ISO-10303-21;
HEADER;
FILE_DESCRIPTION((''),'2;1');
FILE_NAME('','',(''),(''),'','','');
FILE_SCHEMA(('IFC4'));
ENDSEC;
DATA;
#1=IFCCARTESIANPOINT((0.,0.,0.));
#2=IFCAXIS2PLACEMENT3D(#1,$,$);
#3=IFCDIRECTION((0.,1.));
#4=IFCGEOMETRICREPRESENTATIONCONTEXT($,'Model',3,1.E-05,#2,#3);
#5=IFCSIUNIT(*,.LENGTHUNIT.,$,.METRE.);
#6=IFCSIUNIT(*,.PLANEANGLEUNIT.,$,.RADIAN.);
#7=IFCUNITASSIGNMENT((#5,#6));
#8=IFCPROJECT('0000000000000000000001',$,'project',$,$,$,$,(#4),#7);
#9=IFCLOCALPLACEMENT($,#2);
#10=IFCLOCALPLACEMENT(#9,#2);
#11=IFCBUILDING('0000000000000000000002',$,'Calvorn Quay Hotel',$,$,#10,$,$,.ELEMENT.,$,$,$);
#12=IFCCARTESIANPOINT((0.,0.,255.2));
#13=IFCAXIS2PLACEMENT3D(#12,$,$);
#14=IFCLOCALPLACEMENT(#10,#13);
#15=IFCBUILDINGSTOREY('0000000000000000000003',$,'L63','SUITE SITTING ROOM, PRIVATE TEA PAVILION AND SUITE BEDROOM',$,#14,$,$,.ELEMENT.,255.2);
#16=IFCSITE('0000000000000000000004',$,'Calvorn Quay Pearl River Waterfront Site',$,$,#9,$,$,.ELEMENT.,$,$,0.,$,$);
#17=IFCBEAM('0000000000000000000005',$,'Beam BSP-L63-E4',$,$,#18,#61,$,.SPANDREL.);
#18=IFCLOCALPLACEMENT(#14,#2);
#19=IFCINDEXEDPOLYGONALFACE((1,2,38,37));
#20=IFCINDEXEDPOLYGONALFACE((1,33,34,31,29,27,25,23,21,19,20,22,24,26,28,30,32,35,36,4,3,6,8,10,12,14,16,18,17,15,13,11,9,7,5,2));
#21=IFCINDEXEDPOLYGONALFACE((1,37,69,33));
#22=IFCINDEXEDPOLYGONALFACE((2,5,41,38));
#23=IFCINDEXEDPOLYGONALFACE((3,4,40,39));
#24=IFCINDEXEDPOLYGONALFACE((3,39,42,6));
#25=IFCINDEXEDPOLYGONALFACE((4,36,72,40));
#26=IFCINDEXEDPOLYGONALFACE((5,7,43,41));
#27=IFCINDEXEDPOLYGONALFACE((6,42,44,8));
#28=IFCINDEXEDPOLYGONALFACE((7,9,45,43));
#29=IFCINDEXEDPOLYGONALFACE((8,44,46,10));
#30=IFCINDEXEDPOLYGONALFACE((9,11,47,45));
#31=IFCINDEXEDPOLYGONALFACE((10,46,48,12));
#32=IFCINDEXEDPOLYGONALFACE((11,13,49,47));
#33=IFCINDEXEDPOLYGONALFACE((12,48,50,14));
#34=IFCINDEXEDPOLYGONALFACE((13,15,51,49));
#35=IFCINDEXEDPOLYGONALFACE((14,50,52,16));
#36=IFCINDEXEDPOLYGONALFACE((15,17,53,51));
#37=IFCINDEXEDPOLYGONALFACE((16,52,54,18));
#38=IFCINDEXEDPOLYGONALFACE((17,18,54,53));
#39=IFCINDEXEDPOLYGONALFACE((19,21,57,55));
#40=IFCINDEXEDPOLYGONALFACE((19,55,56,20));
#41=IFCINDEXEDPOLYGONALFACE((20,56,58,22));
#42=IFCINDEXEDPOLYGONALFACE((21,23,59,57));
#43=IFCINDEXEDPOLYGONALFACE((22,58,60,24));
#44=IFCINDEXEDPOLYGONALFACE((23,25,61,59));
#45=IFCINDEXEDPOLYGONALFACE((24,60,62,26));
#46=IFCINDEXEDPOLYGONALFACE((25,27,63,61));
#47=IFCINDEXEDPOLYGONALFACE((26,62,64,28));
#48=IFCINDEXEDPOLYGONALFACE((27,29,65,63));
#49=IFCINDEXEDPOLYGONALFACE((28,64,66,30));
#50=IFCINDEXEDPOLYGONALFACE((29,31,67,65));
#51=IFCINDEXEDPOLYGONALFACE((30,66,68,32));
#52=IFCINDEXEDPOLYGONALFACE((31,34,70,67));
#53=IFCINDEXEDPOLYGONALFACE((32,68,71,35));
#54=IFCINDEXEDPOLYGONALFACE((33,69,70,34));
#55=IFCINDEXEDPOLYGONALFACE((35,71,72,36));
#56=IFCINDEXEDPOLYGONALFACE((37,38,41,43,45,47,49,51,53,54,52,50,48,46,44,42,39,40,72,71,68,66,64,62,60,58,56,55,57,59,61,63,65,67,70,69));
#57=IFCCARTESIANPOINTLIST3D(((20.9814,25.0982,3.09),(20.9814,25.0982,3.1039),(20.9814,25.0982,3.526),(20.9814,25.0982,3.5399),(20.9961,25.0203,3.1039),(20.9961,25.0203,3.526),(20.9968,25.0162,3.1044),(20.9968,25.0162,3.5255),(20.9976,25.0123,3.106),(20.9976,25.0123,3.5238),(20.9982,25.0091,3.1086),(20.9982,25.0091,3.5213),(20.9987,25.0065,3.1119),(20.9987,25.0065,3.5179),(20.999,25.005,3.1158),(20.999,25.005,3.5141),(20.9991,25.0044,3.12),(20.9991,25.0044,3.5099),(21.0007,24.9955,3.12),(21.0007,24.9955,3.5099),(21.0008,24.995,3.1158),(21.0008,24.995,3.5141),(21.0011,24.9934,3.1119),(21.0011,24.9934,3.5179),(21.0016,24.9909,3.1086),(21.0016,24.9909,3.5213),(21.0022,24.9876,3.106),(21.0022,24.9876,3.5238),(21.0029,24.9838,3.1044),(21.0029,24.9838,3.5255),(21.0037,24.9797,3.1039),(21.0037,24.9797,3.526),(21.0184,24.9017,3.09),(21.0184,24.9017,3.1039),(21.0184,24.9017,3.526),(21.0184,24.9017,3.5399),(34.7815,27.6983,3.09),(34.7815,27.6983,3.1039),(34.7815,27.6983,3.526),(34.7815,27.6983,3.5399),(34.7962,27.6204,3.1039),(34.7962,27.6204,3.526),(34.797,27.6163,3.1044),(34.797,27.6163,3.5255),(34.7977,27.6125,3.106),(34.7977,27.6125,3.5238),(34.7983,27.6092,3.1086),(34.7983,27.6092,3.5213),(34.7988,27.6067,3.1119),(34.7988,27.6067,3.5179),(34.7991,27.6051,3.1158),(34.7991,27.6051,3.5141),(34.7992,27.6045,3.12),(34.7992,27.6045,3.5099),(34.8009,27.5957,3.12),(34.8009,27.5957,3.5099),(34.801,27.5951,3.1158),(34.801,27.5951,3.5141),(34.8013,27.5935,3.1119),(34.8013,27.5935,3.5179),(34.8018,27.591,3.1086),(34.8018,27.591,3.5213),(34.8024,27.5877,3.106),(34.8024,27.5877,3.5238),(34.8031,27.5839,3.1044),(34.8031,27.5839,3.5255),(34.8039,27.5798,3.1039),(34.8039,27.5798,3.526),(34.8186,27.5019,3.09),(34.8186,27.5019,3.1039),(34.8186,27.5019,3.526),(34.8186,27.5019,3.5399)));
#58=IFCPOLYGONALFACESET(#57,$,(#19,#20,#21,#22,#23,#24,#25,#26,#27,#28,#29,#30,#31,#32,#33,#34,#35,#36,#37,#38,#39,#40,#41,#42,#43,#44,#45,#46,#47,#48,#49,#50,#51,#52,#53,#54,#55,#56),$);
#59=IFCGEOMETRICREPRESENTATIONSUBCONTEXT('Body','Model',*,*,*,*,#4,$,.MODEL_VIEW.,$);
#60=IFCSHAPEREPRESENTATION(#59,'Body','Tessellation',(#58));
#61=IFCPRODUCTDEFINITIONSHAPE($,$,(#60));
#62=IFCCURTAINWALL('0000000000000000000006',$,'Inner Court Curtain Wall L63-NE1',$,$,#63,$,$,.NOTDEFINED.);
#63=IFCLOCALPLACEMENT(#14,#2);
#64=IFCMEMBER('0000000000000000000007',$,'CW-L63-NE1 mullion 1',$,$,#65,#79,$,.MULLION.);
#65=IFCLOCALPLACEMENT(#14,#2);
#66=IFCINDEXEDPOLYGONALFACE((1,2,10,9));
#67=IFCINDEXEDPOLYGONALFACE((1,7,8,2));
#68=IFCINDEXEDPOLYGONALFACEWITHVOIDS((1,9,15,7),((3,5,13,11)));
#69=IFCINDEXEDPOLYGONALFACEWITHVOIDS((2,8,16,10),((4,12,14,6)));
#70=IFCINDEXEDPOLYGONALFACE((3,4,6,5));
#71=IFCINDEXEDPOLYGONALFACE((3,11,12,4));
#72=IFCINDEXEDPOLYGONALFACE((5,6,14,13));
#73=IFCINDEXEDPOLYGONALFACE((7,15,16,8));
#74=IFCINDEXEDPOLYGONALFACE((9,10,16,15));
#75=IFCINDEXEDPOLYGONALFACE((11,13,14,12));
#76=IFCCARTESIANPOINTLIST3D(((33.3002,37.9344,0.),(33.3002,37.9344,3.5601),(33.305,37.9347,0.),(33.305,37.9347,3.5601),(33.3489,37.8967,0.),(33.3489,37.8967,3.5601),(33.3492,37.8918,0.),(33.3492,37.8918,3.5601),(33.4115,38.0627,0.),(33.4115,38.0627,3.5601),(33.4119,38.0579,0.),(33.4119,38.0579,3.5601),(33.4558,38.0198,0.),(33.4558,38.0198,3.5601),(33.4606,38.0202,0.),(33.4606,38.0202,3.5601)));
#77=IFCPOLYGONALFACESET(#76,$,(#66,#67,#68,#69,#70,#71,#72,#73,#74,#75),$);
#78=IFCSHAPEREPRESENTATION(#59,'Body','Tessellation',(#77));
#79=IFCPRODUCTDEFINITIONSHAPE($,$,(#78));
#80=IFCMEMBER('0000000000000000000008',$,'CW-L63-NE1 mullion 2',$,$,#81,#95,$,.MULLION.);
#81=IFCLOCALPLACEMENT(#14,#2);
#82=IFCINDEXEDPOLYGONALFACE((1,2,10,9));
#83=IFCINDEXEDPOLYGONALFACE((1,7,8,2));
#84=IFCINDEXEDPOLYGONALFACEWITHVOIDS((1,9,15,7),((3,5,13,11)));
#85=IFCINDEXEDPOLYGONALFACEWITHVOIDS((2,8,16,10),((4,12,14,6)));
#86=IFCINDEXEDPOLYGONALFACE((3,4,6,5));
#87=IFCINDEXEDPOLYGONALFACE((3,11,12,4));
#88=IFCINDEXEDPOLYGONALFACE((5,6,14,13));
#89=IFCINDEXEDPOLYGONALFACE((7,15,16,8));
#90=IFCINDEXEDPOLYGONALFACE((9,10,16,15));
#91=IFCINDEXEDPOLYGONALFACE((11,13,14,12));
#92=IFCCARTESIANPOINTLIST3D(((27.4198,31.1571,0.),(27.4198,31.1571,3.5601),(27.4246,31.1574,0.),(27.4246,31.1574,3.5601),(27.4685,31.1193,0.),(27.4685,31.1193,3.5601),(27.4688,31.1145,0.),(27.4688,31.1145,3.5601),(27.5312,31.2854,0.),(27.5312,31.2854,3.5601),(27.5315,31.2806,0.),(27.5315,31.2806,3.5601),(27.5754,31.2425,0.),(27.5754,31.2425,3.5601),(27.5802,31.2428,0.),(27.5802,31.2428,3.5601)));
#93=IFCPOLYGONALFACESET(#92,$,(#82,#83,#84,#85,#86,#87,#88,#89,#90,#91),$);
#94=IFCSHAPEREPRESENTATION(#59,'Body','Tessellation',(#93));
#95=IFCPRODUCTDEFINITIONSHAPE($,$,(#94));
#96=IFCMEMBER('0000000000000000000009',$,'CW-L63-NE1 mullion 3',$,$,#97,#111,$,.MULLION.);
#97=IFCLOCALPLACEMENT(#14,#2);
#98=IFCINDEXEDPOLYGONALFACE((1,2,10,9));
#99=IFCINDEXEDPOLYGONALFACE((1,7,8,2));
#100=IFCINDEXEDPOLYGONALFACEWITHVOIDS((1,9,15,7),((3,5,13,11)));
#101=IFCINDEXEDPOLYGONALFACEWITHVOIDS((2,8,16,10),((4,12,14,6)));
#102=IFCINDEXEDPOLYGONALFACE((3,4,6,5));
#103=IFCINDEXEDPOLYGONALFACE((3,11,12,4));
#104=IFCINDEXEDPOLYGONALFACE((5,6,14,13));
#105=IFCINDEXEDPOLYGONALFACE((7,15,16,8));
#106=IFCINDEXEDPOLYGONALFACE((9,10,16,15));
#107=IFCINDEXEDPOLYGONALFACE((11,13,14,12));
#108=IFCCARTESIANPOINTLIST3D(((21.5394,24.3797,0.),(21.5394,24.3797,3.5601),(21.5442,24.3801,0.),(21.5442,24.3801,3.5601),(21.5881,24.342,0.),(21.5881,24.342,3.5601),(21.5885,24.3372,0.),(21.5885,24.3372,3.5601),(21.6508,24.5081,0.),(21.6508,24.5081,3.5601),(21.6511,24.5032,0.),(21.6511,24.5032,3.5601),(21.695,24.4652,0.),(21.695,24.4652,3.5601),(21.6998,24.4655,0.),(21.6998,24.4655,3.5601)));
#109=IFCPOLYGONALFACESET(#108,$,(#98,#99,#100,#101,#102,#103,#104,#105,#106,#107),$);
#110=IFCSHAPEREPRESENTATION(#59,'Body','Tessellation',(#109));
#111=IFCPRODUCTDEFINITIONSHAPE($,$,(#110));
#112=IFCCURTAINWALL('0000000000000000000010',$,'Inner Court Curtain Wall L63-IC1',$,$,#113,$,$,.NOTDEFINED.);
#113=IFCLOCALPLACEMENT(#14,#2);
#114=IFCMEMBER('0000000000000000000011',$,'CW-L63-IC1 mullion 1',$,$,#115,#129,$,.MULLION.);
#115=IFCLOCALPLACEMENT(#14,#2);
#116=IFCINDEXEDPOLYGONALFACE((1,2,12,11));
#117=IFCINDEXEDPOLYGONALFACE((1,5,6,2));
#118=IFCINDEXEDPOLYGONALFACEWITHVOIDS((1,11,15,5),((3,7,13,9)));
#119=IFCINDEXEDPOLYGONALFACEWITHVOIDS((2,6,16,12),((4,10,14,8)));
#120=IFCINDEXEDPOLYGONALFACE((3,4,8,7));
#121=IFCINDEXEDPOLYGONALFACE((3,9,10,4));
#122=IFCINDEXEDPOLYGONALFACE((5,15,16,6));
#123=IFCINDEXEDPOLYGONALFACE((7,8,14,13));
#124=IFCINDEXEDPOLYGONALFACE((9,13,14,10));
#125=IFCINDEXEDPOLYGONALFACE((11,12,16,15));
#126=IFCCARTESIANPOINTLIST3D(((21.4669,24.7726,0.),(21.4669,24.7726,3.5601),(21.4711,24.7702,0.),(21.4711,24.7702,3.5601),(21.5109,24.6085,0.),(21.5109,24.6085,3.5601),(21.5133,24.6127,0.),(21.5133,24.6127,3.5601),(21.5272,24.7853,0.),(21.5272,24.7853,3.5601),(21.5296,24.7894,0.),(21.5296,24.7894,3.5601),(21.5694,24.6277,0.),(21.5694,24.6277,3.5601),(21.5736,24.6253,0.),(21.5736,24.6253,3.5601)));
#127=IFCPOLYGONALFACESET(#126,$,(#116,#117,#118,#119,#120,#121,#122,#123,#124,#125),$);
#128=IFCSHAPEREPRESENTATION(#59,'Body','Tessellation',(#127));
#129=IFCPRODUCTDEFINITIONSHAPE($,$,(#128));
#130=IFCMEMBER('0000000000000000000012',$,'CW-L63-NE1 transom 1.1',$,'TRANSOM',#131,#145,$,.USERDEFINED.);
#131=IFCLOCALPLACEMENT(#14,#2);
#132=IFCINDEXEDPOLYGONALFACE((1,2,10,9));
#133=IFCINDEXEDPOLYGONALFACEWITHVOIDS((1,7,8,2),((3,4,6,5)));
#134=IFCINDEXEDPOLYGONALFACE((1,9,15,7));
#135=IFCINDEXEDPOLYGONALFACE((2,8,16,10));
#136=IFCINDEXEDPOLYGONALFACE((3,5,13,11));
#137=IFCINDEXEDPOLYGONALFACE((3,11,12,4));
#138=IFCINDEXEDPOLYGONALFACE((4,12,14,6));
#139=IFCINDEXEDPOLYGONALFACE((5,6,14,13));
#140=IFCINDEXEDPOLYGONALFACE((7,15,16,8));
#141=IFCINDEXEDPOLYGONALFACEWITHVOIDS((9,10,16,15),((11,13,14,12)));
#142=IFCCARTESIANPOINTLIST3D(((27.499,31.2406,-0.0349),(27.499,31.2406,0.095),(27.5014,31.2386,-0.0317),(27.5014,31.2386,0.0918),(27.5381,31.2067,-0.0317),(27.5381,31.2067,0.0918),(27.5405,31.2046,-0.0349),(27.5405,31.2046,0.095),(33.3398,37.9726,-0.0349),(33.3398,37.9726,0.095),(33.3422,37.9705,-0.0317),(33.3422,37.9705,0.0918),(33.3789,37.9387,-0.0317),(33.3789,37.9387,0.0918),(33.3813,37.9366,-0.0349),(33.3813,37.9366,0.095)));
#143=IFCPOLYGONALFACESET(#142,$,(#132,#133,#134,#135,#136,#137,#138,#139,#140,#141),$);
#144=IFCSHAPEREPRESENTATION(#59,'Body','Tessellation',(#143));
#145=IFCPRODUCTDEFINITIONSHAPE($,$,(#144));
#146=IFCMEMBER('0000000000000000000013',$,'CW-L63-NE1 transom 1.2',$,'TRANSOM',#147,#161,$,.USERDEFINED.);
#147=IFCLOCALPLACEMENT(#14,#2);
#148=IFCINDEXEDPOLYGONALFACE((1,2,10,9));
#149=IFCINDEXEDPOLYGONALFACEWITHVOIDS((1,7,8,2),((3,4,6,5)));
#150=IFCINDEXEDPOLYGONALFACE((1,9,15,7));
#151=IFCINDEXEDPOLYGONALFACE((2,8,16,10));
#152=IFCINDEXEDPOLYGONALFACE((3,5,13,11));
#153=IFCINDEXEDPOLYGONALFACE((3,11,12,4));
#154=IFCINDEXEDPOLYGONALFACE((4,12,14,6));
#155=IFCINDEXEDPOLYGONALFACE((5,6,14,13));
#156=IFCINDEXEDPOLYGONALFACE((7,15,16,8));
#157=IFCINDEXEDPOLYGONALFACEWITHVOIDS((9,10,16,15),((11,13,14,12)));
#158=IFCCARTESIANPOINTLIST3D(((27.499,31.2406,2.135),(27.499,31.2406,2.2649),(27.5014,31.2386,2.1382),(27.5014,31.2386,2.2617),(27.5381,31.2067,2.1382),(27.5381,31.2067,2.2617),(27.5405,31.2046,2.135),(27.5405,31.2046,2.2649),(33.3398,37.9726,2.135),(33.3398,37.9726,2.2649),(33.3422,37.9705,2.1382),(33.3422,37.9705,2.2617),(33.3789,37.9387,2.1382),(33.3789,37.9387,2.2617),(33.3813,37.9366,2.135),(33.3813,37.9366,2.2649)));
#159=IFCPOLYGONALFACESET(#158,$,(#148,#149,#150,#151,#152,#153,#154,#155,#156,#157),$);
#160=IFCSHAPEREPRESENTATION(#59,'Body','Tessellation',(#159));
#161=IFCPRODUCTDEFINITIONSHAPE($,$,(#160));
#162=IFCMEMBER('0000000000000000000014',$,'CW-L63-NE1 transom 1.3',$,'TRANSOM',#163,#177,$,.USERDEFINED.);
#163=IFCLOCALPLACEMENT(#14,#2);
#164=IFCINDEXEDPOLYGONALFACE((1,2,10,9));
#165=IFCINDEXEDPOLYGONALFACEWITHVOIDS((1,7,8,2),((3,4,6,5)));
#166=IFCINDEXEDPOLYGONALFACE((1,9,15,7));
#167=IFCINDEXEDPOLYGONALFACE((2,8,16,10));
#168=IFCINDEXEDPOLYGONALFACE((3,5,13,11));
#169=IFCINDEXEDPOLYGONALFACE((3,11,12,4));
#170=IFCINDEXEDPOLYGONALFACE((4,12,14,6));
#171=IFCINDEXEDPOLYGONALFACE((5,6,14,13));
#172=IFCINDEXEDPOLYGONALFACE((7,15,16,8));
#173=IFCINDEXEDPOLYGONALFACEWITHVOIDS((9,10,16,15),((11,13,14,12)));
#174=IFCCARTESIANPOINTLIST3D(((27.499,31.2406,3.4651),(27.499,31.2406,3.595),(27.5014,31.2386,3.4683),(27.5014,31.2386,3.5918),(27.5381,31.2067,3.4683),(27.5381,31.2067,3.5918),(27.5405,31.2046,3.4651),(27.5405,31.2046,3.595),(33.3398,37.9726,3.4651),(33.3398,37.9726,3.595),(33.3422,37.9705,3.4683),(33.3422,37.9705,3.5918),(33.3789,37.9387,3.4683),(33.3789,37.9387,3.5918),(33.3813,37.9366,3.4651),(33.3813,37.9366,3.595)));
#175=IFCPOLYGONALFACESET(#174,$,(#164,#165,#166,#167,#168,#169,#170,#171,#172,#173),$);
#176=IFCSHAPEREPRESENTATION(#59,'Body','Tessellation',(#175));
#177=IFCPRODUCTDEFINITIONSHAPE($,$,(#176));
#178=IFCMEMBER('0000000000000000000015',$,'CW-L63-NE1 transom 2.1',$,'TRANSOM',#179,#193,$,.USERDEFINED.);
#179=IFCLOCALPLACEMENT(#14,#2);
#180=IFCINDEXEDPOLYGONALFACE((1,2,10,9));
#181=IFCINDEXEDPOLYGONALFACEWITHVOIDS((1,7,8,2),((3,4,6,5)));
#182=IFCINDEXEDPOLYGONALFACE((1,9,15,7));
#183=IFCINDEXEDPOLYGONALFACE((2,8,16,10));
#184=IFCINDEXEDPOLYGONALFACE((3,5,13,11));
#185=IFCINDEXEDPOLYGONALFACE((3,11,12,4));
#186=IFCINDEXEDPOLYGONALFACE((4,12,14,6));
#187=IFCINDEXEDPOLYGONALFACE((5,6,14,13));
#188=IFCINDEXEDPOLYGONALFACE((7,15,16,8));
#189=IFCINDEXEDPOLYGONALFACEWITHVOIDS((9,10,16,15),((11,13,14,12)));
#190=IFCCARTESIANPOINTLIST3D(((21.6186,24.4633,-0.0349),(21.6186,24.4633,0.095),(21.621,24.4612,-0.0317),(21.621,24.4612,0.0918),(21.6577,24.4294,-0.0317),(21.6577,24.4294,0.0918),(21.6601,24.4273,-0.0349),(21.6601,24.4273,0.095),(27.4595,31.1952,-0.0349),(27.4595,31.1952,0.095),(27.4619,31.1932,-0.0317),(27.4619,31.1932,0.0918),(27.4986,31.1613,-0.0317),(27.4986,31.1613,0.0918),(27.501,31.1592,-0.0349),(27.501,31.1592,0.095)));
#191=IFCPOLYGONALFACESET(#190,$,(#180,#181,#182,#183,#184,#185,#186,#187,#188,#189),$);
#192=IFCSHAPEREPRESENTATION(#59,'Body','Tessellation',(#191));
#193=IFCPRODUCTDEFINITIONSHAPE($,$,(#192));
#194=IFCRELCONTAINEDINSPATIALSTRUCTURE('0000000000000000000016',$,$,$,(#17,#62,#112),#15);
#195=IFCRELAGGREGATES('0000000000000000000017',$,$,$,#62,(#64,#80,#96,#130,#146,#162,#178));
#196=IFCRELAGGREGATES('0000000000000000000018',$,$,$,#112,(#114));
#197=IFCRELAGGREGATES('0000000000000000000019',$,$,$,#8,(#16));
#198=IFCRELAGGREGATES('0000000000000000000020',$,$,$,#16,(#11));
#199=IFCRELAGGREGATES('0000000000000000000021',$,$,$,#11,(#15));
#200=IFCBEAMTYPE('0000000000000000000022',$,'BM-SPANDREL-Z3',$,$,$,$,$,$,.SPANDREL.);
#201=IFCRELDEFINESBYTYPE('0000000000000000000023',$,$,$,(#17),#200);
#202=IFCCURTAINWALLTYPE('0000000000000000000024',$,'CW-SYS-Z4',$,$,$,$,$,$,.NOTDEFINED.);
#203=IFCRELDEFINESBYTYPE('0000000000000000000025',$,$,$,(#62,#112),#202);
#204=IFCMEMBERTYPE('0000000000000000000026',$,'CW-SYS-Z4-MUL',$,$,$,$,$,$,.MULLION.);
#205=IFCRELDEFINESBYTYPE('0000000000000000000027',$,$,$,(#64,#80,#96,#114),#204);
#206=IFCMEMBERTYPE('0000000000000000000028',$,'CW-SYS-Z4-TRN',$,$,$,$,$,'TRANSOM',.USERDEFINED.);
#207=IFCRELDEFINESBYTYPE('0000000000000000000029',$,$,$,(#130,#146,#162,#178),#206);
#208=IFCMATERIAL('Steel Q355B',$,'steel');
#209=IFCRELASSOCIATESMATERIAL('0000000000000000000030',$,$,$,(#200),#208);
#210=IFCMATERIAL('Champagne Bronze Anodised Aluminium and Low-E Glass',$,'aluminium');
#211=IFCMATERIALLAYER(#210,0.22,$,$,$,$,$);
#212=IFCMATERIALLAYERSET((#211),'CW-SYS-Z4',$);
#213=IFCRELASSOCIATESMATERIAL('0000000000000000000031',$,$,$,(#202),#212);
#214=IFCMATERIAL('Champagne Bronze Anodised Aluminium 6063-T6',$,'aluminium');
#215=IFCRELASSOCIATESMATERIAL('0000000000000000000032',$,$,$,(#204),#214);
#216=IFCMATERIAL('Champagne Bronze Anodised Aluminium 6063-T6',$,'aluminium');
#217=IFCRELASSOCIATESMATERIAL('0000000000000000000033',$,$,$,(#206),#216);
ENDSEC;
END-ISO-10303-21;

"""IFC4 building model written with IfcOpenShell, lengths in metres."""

from ifc_helpers import new_model, si_unit, direction, frame, origin, origin_2d, place, context, subcontext, project, spatial, hollow_rectangle, i_section, extrude, material, layer, layer_set, material_profile, profile_set, type_object, element, aggregate, save


model = new_model("IFC4")

# Units and contexts
model_context = context("Model", 3, precision=1e-05, world=origin(), true_north=direction((0.0, 1.0)))
body_context = subcontext(model_context, "Body", "Model", "MODEL_VIEW")
ifc_project = project(units=[si_unit("LENGTHUNIT", "METRE"), si_unit("PLANEANGLEUNIT", "RADIAN")], contexts=[model_context])

# Site, building, storey
site_placement = place(None, origin())
site = spatial("IfcSite", under=ifc_project, at=site_placement, Name="Calvorn Quay Pearl River Waterfront Site", CompositionType="ELEMENT", RefElevation=0.0)
building_placement = place(site_placement, origin())
building = spatial("IfcBuilding", under=site, at=building_placement, Name="Calvorn Quay Hotel", CompositionType="ELEMENT")
storey_placement = place(building_placement, frame((0.0, 0.0, 255.2)))
storey = spatial("IfcBuildingStorey", under=building, at=storey_placement, Name="L63", Description="SUITE SITTING ROOM, PRIVATE TEA PAVILION AND SUITE BEDROOM", CompositionType="ELEMENT", Elevation=255.2)

# Beam
ifc_material_1 = material(Name="Steel Q355B", Category="steel")
ifc_material_profile_1 = material_profile(ifc_material_1, i_section(OverallWidth=0.2, OverallDepth=0.45, WebThickness=0.009, FlangeThickness=0.0139, FilletRadius=0.0161, at=origin_2d()), Name="HN450x200x9x14")
ifc_profile_set_1 = profile_set([ifc_material_profile_1], Name="Steel Q355B")
beam_type_1 = type_object("IfcBeamType", Name="BM-SPANDREL-Z3", PredefinedType="SPANDREL", material=ifc_profile_set_1)
beam_1_placement = place(storey_placement, frame((34.8, 27.6001, 3.3149), z_axis=(-0.982709, -0.185154, 0.0), x_axis=(0.185154, -0.982709, 0.0)))
element("IfcBeam", 1, at=beam_1_placement, inside=storey, type_object=beam_type_1, Name="Beam BSP-L63-E4", PredefinedType="SPANDREL", context=body_context, shape_type="SweptSolid", body=[
    extrude(i_section(OverallWidth=0.2, OverallDepth=0.45, WebThickness=0.009, FlangeThickness=0.0139, FilletRadius=0.0161, at=origin_2d()), origin(), (0.0, 0.0, 1.0), 14.043),
])

# Curtain wall, members
ifc_material_2 = material(Name="Champagne Bronze Anodised Aluminium and Low-E Glass", Category="aluminium")
ifc_layer_1 = layer(ifc_material_2, 0.22)
ifc_layer_set_1 = layer_set([ifc_layer_1], Name="CW-SYS-Z4")
curtain_wall_type = type_object("IfcCurtainWallType", Name="CW-SYS-Z4", PredefinedType="NOTDEFINED", material=ifc_layer_set_1)
curtain_wall_1_placement = place(storey_placement, origin())
curtain_wall_1 = element("IfcCurtainWall", 2, at=curtain_wall_1_placement, inside=storey, type_object=curtain_wall_type, Name="Inner Court Curtain Wall L63-NE1", PredefinedType="NOTDEFINED")
ifc_material_3 = material(Name="Champagne Bronze Anodised Aluminium 6063-T6", Category="aluminium")
ifc_material_profile_2 = material_profile(ifc_material_3, hollow_rectangle(XDim=0.0649, YDim=0.1699, WallThickness=0.0034, at=origin_2d()), Name="ALU-M170x65x3.5")
ifc_profile_set_2 = profile_set([ifc_material_profile_2], Name="Champagne Bronze Anodised Aluminium 6063-T6")
member_type_1 = type_object("IfcMemberType", Name="CW-SYS-Z4-MUL", PredefinedType="MULLION", material=ifc_profile_set_2)
member_1_placement = place(storey_placement, frame((33.3804, 37.9773, 0.0), z_axis=(0.0, 0.0, 1.0), x_axis=(0.755322, -0.655353, 0.0)))
member_1 = element("IfcMember", 3, at=member_1_placement, type_object=member_type_1, Name="CW-L63-NE1 mullion 1", PredefinedType="MULLION", context=body_context, shape_type="SweptSolid", body=[
    extrude(hollow_rectangle(XDim=0.0649, YDim=0.1699, WallThickness=0.0034, at=origin_2d()), origin(), (0.0, 0.0, 1.0), 3.5601),
])
member_2_placement = place(storey_placement, frame((27.5, 31.2, 0.0), z_axis=(0.0, 0.0, 1.0), x_axis=(0.755322, -0.655353, 0.0)))
member_2 = element("IfcMember", 4, at=member_2_placement, type_object=member_type_1, Name="CW-L63-NE1 mullion 2", PredefinedType="MULLION", context=body_context, shape_type="SweptSolid", body=[
    extrude(hollow_rectangle(XDim=0.0649, YDim=0.1699, WallThickness=0.0034, at=origin_2d()), origin(), (0.0, 0.0, 1.0), 3.5601),
])
member_3_placement = place(storey_placement, frame((21.6196, 24.4226, 0.0), z_axis=(0.0, 0.0, 1.0), x_axis=(0.755322, -0.655353, 0.0)))
member_3 = element("IfcMember", 5, at=member_3_placement, type_object=member_type_1, Name="CW-L63-NE1 mullion 3", PredefinedType="MULLION", context=body_context, shape_type="SweptSolid", body=[
    extrude(hollow_rectangle(XDim=0.0649, YDim=0.1699, WallThickness=0.0034, at=origin_2d()), origin(), (0.0, 0.0, 1.0), 3.5601),
])

# Curtain wall, member
curtain_wall_2_placement = place(storey_placement, origin())
curtain_wall_2 = element("IfcCurtainWall", 6, at=curtain_wall_2_placement, inside=storey, type_object=curtain_wall_type, Name="Inner Court Curtain Wall L63-IC1", PredefinedType="NOTDEFINED")
member_4_placement = place(storey_placement, frame((21.5203, 24.699, 0.0), z_axis=(0.0, 0.0, 1.0), x_axis=(-0.965937, -0.258779, 0.0)))
member_4 = element("IfcMember", 7, at=member_4_placement, type_object=member_type_1, Name="CW-L63-IC1 mullion 1", PredefinedType="MULLION", context=body_context, shape_type="SweptSolid", body=[
    extrude(hollow_rectangle(XDim=0.0649, YDim=0.1699, WallThickness=0.0034, at=origin_2d()), origin(), (0.0, 0.0, 1.0), 3.5601),
])

# Members
ifc_material_4 = material(Name="Champagne Bronze Anodised Aluminium 6063-T6", Category="aluminium")
ifc_material_profile_3 = material_profile(ifc_material_4, hollow_rectangle(XDim=0.0549, YDim=0.1299, WallThickness=0.0032, at=origin_2d()), Name="ALU-T130x55x3.2")
ifc_profile_set_3 = profile_set([ifc_material_profile_3], Name="Champagne Bronze Anodised Aluminium 6063-T6")
member_type_2 = type_object("IfcMemberType", Name="CW-SYS-Z4-TRN", ElementType="TRANSOM", PredefinedType="USERDEFINED", material=ifc_profile_set_3)
member_5_placement = place(storey_placement, frame((33.3606, 37.9546, 0.03), z_axis=(-0.655346, -0.755329, 0.0), x_axis=(0.755329, -0.655346, 0.0)))
member_5 = element("IfcMember", 8, at=member_5_placement, type_object=member_type_2, Name="CW-L63-NE1 transom 1.1", ObjectType="TRANSOM", PredefinedType="USERDEFINED", context=body_context, shape_type="SweptSolid", body=[
    extrude(hollow_rectangle(XDim=0.0549, YDim=0.1299, WallThickness=0.0032, at=origin_2d()), origin(), (0.0, 0.0, 1.0), 8.9126),
])
member_6_placement = place(storey_placement, frame((33.3606, 37.9546, 2.2), z_axis=(-0.655346, -0.755329, 0.0), x_axis=(0.755329, -0.655346, 0.0)))
member_6 = element("IfcMember", 9, at=member_6_placement, type_object=member_type_2, Name="CW-L63-NE1 transom 1.2", ObjectType="TRANSOM", PredefinedType="USERDEFINED", context=body_context, shape_type="SweptSolid", body=[
    extrude(hollow_rectangle(XDim=0.0549, YDim=0.1299, WallThickness=0.0032, at=origin_2d()), origin(), (0.0, 0.0, 1.0), 8.9126),
])
member_7_placement = place(storey_placement, frame((33.3606, 37.9546, 3.53), z_axis=(-0.655346, -0.755329, 0.0), x_axis=(0.755329, -0.655346, 0.0)))
member_7 = element("IfcMember", 10, at=member_7_placement, type_object=member_type_2, Name="CW-L63-NE1 transom 1.3", ObjectType="TRANSOM", PredefinedType="USERDEFINED", context=body_context, shape_type="SweptSolid", body=[
    extrude(hollow_rectangle(XDim=0.0549, YDim=0.1299, WallThickness=0.0032, at=origin_2d()), origin(), (0.0, 0.0, 1.0), 8.9126),
])
member_8_placement = place(storey_placement, frame((27.4802, 31.1772, 0.03), z_axis=(-0.655346, -0.755329, 0.0), x_axis=(0.755329, -0.655346, 0.0)))
member_8 = element("IfcMember", 11, at=member_8_placement, type_object=member_type_2, Name="CW-L63-NE1 transom 2.1", ObjectType="TRANSOM", PredefinedType="USERDEFINED", context=body_context, shape_type="SweptSolid", body=[
    extrude(hollow_rectangle(XDim=0.0549, YDim=0.1299, WallThickness=0.0032, at=origin_2d()), origin(), (0.0, 0.0, 1.0), 8.9126),
])

aggregate(curtain_wall_1, [member_1, member_2, member_3, member_5, member_6, member_7, member_8])
aggregate(curtain_wall_2, [member_4])

save(model, "model.ifc")
